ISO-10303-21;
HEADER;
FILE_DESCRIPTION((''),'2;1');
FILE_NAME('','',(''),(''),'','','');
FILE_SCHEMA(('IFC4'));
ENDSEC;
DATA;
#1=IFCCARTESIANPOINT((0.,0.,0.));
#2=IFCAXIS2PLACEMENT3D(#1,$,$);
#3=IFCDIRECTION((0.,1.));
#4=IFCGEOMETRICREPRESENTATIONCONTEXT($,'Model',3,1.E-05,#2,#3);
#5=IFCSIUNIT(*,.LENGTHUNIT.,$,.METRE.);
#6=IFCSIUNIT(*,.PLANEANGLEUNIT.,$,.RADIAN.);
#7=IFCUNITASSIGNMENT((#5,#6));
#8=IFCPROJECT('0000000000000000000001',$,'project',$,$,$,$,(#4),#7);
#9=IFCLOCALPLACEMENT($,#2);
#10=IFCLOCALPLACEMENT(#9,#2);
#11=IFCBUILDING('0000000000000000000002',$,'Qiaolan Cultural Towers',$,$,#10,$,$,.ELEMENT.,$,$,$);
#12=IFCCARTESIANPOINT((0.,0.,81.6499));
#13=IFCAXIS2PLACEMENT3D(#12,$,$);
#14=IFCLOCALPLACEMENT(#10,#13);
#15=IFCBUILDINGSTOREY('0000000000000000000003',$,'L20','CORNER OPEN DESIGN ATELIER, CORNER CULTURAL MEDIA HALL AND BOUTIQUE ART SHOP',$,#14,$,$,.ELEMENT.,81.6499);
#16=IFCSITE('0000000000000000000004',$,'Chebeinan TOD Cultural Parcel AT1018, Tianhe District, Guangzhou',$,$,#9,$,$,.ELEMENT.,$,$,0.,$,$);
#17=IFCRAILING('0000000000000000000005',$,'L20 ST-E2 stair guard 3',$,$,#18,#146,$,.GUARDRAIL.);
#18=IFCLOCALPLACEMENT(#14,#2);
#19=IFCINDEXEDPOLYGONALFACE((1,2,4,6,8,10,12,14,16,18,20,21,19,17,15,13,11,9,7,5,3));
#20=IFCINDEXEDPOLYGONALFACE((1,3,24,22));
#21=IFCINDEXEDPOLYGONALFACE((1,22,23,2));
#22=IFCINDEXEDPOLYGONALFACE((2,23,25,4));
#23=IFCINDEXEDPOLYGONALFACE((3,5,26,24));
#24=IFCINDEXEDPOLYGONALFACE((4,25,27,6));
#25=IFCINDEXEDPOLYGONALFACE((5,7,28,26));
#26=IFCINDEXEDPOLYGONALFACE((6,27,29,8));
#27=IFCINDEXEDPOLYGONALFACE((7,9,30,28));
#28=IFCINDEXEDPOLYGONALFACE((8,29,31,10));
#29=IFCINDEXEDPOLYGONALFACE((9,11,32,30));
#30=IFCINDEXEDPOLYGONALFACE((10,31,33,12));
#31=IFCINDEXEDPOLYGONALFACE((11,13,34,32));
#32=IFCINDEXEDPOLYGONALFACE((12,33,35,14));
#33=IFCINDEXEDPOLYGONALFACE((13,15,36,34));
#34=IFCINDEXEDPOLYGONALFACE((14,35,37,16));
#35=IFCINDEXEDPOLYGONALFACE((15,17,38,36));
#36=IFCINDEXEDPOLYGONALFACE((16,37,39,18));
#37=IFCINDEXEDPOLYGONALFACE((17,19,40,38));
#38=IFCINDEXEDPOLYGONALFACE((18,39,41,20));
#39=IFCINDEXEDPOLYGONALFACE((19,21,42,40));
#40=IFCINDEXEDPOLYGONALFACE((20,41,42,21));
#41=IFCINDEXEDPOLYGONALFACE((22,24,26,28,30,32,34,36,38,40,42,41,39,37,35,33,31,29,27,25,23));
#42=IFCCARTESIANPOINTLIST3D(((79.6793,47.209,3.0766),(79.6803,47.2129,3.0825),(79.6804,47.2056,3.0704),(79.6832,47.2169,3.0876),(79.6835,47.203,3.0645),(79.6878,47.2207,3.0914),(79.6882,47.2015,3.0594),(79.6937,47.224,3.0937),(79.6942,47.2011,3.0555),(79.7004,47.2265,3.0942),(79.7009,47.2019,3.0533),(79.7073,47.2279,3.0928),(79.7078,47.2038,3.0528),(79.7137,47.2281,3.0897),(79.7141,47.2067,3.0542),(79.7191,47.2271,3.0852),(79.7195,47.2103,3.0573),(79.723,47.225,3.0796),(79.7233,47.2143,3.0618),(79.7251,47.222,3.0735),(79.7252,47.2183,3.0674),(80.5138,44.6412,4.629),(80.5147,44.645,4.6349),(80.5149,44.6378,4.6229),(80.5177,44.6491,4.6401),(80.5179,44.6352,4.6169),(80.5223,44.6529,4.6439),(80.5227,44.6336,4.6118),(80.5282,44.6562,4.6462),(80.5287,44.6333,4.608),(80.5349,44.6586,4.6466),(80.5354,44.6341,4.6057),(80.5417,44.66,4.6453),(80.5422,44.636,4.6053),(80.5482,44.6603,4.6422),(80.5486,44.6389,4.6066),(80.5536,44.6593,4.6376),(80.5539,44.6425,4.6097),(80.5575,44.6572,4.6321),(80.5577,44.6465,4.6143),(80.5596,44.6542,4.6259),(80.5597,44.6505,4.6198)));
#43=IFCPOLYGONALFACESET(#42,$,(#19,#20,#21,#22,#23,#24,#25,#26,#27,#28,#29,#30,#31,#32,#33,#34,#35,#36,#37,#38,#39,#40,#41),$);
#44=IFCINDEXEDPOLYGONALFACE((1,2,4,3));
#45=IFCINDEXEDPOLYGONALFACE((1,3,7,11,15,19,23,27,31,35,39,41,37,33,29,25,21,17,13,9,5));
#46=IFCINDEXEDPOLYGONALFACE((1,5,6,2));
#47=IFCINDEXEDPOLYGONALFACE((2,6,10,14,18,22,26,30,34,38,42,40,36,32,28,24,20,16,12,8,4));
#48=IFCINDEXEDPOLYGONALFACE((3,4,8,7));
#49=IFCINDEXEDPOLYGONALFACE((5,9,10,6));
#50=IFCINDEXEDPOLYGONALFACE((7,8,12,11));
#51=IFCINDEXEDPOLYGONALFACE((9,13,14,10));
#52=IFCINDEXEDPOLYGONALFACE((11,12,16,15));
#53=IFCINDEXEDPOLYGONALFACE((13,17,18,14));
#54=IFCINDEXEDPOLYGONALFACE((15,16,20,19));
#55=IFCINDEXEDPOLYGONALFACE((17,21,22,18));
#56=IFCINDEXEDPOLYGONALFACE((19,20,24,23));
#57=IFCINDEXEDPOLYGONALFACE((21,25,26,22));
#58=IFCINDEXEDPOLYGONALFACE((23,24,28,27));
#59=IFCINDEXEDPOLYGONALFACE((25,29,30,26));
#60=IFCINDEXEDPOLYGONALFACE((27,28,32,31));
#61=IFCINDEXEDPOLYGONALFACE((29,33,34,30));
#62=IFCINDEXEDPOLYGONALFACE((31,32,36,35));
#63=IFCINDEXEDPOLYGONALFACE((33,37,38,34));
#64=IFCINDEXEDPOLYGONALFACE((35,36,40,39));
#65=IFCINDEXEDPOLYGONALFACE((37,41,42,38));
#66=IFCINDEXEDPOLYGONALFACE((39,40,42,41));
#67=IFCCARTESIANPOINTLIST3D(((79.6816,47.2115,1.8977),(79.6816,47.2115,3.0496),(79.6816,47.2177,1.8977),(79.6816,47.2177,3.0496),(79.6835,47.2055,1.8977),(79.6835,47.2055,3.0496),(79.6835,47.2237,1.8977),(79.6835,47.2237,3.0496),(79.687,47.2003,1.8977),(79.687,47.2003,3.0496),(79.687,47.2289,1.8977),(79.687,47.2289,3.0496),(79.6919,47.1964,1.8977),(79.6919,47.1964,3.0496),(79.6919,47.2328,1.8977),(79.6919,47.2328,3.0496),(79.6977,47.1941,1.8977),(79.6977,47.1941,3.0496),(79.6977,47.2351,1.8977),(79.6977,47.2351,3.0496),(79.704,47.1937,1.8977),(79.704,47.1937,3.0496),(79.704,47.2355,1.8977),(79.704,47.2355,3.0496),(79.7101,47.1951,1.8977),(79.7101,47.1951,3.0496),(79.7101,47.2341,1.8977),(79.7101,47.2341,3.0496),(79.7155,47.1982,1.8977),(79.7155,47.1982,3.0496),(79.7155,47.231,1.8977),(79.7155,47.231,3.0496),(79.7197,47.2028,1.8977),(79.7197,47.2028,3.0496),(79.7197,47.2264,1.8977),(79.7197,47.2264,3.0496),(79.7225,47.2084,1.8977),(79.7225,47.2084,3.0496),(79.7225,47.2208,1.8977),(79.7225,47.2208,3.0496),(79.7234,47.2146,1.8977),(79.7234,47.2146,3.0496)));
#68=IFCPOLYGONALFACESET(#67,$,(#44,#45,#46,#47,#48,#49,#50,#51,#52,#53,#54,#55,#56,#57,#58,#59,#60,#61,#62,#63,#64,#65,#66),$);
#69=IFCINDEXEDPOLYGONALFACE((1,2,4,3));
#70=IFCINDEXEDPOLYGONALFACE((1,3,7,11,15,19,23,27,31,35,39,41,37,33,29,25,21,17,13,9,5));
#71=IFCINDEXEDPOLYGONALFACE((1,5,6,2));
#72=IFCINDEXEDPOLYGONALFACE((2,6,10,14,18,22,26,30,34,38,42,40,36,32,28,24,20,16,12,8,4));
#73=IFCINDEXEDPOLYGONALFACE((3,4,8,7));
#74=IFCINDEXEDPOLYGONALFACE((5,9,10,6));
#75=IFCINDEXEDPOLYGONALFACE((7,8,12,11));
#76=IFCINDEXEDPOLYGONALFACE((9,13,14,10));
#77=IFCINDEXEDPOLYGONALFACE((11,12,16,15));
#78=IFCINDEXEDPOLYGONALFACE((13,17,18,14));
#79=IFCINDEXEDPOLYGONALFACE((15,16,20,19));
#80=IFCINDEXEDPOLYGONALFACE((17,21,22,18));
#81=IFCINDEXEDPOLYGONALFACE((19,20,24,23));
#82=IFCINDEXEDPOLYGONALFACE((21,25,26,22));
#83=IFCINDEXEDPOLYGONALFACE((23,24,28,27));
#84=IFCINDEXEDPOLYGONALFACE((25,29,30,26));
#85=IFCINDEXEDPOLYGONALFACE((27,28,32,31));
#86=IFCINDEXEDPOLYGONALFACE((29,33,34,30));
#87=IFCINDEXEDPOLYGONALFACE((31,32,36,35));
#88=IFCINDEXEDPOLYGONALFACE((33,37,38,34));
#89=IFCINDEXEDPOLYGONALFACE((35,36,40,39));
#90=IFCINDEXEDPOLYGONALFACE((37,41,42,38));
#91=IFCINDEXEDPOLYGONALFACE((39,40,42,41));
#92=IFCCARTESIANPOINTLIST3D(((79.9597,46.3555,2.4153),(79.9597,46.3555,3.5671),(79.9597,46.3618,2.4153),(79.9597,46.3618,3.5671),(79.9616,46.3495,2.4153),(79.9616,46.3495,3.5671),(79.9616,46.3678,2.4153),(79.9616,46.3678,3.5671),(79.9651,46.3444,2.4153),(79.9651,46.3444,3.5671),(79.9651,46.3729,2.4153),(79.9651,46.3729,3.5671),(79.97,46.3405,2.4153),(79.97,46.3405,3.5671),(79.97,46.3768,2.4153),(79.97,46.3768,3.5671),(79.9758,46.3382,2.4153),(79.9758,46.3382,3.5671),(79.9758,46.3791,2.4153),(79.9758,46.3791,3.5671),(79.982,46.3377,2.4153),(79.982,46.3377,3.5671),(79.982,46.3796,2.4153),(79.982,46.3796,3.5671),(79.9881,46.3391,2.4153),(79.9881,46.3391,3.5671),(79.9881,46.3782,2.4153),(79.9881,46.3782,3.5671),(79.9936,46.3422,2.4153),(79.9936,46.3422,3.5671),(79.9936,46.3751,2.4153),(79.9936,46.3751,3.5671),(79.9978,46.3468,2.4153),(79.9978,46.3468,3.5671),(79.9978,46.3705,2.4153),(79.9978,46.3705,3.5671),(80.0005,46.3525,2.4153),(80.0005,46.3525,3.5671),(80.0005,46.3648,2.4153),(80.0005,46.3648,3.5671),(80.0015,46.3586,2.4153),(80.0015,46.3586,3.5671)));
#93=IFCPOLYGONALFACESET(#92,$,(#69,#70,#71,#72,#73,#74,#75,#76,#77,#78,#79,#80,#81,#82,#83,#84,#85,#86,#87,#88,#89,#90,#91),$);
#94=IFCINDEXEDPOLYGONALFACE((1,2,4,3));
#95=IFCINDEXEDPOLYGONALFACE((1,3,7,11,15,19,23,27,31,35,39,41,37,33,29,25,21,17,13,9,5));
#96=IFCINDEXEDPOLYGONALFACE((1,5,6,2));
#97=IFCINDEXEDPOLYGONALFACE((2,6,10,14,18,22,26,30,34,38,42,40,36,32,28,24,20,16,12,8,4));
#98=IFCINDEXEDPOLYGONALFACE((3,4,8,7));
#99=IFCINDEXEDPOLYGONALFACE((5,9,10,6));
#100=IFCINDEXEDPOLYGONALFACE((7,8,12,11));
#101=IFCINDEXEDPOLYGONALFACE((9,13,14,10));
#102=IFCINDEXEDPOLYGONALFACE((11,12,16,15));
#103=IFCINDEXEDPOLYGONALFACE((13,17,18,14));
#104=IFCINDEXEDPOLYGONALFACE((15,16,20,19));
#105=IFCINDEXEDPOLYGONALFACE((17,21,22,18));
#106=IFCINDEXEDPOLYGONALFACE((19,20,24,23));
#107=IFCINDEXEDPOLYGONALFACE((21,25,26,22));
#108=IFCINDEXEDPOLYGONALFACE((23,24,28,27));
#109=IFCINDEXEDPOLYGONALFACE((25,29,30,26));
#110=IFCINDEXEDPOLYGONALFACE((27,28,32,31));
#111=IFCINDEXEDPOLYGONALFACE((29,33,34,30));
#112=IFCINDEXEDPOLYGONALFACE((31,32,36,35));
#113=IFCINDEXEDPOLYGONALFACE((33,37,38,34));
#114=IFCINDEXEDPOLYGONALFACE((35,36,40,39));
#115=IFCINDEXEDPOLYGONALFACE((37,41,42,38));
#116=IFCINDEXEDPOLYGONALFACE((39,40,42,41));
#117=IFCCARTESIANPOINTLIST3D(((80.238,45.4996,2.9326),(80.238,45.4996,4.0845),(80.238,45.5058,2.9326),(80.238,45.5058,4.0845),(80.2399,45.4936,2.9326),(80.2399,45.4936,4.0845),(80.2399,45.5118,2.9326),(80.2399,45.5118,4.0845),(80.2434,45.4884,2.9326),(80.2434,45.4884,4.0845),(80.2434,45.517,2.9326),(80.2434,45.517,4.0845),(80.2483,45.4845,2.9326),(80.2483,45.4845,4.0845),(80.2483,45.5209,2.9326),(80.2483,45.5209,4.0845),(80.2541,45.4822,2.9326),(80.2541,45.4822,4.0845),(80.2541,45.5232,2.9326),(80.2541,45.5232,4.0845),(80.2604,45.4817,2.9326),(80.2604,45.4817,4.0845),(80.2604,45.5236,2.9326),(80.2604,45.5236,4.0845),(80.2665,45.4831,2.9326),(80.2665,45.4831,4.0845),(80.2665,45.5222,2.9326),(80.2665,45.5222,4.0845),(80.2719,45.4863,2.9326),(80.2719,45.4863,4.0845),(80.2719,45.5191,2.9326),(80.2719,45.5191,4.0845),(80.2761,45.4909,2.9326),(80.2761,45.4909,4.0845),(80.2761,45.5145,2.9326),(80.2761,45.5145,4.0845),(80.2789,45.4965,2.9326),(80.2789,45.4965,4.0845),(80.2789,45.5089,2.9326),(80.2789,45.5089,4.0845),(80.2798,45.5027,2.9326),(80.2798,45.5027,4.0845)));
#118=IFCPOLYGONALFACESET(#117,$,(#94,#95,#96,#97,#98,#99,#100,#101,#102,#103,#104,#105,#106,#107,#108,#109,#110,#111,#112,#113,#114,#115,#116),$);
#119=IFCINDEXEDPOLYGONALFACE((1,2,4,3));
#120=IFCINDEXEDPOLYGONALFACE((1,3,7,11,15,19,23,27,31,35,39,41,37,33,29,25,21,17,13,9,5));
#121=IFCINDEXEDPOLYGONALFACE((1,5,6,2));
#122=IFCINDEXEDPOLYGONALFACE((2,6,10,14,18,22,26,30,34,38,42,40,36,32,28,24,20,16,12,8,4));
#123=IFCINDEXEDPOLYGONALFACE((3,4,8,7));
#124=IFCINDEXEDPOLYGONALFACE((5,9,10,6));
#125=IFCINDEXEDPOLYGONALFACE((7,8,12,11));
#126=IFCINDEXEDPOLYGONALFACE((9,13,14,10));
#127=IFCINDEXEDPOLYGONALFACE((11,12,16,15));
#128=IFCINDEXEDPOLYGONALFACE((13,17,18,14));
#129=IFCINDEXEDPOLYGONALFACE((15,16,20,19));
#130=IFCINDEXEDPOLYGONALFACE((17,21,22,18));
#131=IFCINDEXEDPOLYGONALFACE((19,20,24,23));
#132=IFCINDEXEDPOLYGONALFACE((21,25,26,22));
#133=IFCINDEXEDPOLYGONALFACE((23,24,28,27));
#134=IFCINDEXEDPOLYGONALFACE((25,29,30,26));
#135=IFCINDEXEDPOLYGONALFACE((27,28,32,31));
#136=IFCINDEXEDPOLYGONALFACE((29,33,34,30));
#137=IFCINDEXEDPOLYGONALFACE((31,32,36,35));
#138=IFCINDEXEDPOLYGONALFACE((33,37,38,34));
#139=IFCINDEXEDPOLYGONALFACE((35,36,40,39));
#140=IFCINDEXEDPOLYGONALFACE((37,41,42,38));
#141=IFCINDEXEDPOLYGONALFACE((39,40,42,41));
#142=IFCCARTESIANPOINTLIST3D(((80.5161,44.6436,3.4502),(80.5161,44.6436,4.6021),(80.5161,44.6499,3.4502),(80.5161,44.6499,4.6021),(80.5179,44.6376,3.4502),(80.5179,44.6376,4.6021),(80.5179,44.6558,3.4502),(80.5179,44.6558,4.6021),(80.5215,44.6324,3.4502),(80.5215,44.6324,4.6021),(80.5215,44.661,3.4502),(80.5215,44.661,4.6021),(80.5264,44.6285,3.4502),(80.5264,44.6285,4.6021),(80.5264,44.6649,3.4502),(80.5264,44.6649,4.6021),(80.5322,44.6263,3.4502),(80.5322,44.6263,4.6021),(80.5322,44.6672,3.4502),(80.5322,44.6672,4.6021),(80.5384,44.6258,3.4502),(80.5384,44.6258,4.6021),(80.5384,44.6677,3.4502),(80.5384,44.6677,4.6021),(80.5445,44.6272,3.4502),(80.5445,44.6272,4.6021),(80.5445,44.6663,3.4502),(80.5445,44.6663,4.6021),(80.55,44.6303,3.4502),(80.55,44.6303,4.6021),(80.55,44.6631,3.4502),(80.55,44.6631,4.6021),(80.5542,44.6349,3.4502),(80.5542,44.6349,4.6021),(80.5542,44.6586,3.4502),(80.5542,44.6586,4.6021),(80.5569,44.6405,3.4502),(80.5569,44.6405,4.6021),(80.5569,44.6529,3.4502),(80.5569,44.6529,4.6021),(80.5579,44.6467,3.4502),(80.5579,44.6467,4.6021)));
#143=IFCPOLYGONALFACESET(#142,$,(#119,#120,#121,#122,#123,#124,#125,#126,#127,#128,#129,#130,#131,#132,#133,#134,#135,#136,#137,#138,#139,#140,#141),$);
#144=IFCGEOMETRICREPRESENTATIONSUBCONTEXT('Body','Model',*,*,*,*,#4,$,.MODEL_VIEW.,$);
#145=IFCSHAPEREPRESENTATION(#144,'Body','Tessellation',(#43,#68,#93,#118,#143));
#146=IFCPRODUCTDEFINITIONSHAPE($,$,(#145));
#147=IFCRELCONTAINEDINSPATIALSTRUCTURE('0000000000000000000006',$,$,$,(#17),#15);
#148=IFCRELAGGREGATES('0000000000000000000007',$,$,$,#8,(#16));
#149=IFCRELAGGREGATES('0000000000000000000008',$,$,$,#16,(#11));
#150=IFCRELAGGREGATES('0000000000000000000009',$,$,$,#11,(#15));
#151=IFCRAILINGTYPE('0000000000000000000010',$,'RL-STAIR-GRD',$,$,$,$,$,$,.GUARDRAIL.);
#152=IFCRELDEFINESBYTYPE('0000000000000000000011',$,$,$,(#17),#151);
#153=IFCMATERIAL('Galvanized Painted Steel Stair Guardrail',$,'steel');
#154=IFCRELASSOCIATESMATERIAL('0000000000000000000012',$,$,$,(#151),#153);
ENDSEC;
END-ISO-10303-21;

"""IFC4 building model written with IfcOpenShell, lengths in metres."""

from ifc_helpers import new_model, si_unit, direction, frame, origin, origin_2d, place, context, subcontext, project, spatial, circle, extrude, material, type_object, element, save


model = new_model("IFC4")

# Units and contexts
model_context = context("Model", 3, precision=1e-05, world=origin(), true_north=direction((0.0, 1.0)))
body_context = subcontext(model_context, "Body", "Model", "MODEL_VIEW")
ifc_project = project(units=[si_unit("LENGTHUNIT", "METRE"), si_unit("PLANEANGLEUNIT", "RADIAN")], contexts=[model_context])

# Site, building, storey
site_placement = place(None, origin())
site = spatial("IfcSite", under=ifc_project, at=site_placement, Name="Chebeinan TOD Cultural Parcel AT1018, Tianhe District, Guangzhou", CompositionType="ELEMENT", RefElevation=0.0)
building_placement = place(site_placement, origin())
building = spatial("IfcBuilding", under=site, at=building_placement, Name="Qiaolan Cultural Towers", CompositionType="ELEMENT")
storey_placement = place(building_placement, frame((0.0, 0.0, 81.6499)))
storey = spatial("IfcBuildingStorey", under=building, at=storey_placement, Name="L20", Description="CORNER OPEN DESIGN ATELIER, CORNER CULTURAL MEDIA HALL AND BOUTIQUE ART SHOP", CompositionType="ELEMENT", Elevation=81.6499)

# Railing
ifc_material_1 = material(Name="Galvanized Painted Steel Stair Guardrail", Category="steel")
railing_type_1 = type_object("IfcRailingType", Name="RL-STAIR-GRD", PredefinedType="GUARDRAIL", material=ifc_material_1)
railing_1_placement = place(storey_placement, frame((79.7024, 47.2146, 1.8977)))
element("IfcRailing", 1, at=railing_1_placement, inside=storey, type_object=railing_type_1, Name="L20 ST-E2 stair guard 3", PredefinedType="GUARDRAIL", context=body_context, shape_type="SweptSolid", body=[
    extrude(circle(Radius=0.0239, at=origin_2d()), frame((0.0, 0.0, 1.1758), z_axis=(0.267926, -0.824471, 0.498461), x_axis=(0.951043, 0.309057, 0.0)), (0.0, 0.0, 1.0), 3.1145),
    extrude(circle(Radius=0.021, at=origin_2d()), origin(), (0.0, 0.0, 1.0), 1.1519),
    extrude(circle(Radius=0.021, at=origin_2d()), frame((0.2781, -0.856, 0.5176)), (0.0, 0.0, 1.0), 1.1519),
    extrude(circle(Radius=0.021, at=origin_2d()), frame((0.5564, -1.7119, 1.0349)), (0.0, 0.0, 1.0), 1.1519),
    extrude(circle(Radius=0.021, at=origin_2d()), frame((0.8345, -2.5679, 1.5525)), (0.0, 0.0, 1.0), 1.1519),
])

save(model, "model.ifc")
